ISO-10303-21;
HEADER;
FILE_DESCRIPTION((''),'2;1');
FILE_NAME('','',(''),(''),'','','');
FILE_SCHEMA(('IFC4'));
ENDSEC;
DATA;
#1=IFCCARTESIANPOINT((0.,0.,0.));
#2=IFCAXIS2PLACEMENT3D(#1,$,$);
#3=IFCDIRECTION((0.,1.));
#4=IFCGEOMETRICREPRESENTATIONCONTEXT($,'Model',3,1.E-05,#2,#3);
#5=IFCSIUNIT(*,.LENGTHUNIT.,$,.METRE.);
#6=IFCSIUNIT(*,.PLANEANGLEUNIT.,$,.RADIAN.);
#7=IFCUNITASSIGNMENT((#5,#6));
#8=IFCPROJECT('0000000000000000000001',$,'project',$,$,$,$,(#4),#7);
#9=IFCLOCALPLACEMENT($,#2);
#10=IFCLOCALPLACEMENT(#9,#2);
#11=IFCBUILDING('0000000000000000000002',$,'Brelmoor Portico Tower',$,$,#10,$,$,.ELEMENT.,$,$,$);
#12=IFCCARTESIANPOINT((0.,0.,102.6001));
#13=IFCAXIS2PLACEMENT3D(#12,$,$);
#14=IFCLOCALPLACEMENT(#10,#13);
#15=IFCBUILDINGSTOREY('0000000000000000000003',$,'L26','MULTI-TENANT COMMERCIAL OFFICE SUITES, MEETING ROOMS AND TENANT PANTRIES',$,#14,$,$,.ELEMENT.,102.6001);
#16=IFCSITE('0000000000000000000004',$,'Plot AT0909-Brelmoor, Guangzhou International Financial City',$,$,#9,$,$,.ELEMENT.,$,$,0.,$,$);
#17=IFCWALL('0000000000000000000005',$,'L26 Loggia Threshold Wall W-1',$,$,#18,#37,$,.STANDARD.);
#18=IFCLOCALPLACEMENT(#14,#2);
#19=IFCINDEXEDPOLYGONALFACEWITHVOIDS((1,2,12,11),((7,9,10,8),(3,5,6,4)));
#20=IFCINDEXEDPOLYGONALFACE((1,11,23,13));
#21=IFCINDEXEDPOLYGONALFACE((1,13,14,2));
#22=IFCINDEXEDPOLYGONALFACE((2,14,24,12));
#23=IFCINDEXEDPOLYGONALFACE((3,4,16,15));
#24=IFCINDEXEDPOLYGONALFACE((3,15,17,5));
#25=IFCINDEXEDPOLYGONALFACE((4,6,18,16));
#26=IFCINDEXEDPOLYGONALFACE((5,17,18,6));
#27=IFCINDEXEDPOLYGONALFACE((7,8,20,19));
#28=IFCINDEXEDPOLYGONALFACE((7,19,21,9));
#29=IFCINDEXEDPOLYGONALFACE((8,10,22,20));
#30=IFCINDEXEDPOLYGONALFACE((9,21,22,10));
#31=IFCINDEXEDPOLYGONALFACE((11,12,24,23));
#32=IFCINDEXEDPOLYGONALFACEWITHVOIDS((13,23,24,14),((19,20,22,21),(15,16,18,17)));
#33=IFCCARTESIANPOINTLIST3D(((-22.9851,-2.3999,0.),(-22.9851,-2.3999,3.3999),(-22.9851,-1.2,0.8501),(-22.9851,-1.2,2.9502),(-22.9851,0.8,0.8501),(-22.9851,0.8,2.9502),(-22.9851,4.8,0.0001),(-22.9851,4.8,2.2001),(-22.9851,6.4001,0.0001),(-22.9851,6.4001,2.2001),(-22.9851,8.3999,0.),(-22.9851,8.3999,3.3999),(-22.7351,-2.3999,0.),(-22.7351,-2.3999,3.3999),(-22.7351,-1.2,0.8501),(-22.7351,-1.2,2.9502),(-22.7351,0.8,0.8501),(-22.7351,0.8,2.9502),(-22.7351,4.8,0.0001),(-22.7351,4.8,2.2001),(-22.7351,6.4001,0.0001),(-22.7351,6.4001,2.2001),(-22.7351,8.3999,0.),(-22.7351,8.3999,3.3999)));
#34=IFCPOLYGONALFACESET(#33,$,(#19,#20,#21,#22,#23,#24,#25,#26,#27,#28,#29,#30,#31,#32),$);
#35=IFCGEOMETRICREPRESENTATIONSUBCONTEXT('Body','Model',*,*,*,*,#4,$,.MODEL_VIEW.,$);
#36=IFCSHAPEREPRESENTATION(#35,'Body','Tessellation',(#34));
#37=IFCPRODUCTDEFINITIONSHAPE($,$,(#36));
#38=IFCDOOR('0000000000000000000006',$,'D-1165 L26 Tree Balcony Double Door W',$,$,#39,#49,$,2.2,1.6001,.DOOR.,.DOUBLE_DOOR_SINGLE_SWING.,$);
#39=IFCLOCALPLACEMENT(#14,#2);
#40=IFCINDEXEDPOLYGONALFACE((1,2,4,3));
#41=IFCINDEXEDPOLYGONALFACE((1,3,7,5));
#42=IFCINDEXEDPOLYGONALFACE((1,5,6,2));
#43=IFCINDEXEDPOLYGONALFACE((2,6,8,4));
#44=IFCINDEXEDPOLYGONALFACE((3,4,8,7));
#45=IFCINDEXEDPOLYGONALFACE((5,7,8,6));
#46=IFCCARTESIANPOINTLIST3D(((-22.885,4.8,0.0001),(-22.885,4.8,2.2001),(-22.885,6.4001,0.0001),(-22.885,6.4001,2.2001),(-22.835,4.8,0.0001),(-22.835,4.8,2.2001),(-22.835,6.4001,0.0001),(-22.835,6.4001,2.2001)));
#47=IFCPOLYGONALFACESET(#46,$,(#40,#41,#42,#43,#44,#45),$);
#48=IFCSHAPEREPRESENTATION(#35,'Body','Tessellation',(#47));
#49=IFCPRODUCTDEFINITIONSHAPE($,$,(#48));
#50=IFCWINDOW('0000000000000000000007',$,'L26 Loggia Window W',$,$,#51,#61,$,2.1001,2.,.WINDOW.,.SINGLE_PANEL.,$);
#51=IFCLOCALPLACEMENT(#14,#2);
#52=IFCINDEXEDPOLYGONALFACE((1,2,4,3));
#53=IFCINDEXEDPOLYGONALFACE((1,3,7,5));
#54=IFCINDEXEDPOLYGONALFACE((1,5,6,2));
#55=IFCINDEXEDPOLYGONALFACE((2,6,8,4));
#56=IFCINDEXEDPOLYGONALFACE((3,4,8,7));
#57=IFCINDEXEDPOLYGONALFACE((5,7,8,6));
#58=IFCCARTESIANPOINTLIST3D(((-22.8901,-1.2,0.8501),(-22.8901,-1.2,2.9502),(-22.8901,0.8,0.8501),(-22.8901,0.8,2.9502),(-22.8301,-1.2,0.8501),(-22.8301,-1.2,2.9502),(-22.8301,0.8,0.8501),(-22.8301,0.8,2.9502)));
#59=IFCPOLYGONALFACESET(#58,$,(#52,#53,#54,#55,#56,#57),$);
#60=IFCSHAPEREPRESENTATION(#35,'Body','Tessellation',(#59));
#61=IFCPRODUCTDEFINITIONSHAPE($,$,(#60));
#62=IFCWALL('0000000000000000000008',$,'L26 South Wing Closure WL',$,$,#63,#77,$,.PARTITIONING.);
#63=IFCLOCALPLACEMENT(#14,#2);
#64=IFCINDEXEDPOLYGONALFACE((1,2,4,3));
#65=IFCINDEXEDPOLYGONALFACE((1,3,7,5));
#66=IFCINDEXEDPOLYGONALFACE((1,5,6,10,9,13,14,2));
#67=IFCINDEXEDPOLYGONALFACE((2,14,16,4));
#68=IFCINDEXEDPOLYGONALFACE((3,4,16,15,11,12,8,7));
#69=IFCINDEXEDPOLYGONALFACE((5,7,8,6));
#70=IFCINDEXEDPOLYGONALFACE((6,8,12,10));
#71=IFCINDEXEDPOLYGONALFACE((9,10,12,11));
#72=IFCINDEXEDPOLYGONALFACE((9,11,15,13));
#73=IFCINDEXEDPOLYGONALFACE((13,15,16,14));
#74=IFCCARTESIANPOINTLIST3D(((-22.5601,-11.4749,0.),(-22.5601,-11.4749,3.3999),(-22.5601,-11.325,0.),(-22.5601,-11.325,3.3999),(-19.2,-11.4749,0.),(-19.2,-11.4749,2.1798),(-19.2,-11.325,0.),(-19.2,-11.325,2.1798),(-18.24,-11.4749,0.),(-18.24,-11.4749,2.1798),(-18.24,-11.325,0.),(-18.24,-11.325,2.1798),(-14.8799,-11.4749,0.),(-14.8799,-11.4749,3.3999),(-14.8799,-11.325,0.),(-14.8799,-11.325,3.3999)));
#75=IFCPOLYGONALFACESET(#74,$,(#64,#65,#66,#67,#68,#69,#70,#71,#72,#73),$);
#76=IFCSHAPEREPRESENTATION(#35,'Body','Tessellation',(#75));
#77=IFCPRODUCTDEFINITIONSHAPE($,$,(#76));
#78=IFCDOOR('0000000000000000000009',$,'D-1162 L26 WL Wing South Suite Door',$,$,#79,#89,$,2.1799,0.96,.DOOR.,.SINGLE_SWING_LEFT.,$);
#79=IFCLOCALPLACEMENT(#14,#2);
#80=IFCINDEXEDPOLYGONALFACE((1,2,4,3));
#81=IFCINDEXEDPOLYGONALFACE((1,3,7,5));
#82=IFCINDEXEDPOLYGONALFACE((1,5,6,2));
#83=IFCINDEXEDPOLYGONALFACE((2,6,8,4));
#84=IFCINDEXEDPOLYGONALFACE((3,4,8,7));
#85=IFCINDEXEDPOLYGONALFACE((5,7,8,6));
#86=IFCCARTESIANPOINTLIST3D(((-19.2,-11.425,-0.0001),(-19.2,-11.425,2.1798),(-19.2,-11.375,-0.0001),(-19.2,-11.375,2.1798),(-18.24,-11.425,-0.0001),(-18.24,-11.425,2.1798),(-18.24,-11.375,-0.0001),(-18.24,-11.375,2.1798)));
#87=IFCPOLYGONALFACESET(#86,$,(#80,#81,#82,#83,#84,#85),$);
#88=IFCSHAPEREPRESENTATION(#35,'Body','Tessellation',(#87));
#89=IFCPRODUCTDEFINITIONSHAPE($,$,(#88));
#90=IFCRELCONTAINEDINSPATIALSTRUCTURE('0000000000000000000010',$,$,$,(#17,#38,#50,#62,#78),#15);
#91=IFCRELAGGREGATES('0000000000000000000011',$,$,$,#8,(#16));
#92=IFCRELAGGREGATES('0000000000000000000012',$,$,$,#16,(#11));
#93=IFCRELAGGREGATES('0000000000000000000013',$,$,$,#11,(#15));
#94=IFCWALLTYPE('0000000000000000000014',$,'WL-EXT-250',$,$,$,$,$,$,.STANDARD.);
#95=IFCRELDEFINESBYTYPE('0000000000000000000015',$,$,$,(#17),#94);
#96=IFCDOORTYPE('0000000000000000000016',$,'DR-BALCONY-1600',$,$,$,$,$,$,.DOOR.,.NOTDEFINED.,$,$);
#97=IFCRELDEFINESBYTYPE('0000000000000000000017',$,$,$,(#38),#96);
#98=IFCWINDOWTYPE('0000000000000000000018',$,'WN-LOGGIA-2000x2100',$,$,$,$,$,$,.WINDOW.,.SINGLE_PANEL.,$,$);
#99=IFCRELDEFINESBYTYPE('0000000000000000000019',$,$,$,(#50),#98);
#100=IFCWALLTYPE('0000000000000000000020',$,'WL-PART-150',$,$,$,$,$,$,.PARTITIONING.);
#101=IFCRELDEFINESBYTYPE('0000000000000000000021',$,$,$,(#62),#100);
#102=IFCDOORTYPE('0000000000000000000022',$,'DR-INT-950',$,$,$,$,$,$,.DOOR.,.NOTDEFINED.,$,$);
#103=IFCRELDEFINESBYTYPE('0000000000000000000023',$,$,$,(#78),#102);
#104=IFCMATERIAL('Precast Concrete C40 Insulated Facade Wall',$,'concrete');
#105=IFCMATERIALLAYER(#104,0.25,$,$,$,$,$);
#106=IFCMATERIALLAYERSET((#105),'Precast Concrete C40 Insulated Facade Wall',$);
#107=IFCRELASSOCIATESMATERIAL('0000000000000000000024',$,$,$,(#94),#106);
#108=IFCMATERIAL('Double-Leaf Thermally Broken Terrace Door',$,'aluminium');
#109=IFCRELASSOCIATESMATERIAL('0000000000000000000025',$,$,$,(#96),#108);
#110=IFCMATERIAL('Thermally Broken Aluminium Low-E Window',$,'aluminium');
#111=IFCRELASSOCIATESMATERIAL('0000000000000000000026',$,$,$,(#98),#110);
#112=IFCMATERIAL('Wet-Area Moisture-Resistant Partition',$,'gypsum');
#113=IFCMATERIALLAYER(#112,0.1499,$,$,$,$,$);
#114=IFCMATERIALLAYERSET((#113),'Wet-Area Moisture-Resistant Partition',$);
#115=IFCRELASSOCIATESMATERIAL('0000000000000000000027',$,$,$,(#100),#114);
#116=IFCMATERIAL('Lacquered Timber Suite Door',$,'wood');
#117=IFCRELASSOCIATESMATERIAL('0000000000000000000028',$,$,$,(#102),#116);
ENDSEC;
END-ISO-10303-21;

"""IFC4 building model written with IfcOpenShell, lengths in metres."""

from ifc_helpers import new_model, si_unit, direction, frame, frame_2d, origin, place, context, subcontext, project, spatial, rectangle, extrude, material, layer, layer_set, type_object, element, fill, save


model = new_model("IFC4")

# Units and contexts
model_context = context("Model", 3, precision=1e-05, world=origin(), true_north=direction((0.0, 1.0)))
body_context = subcontext(model_context, "Body", "Model", "MODEL_VIEW")
ifc_project = project(units=[si_unit("LENGTHUNIT", "METRE"), si_unit("PLANEANGLEUNIT", "RADIAN")], contexts=[model_context])

# Site, building, storey
site_placement = place(None, origin())
site = spatial("IfcSite", under=ifc_project, at=site_placement, Name="Plot AT0909-Brelmoor, Guangzhou International Financial City", CompositionType="ELEMENT", RefElevation=0.0)
building_placement = place(site_placement, origin())
building = spatial("IfcBuilding", under=site, at=building_placement, Name="Brelmoor Portico Tower", CompositionType="ELEMENT")
storey_placement = place(building_placement, frame((0.0, 0.0, 102.6001)))
storey = spatial("IfcBuildingStorey", under=building, at=storey_placement, Name="L26", Description="MULTI-TENANT COMMERCIAL OFFICE SUITES, MEETING ROOMS AND TENANT PANTRIES", CompositionType="ELEMENT", Elevation=102.6001)

# Wall, openings, door, window
ifc_material_1 = material(Name="Precast Concrete C40 Insulated Facade Wall", Category="concrete")
ifc_layer_1 = layer(ifc_material_1, 0.25)
ifc_layer_set_1 = layer_set([ifc_layer_1], Name="Precast Concrete C40 Insulated Facade Wall")
wall_type_1 = type_object("IfcWallType", Name="WL-EXT-250", PredefinedType="STANDARD", material=ifc_layer_set_1)
wall_1_placement = place(storey_placement, frame((-22.8601, -2.3999, 0.0), z_axis=(0.0, 0.0, 1.0), x_axis=(0.0, 1.0, 0.0)))
wall_1 = element("IfcWall", 1, at=wall_1_placement, inside=storey, type_object=wall_type_1, Name="L26 Loggia Threshold Wall W-1", PredefinedType="STANDARD", context=body_context, shape_type="SweptSolid", body=[
    extrude(rectangle(XDim=10.7998, YDim=0.25, at=frame_2d((5.3999, 0.0))), origin(), (0.0, 0.0, 1.0), 3.3999),
])
opening_1_placement = place(wall_1_placement, frame((7.2, 0.0, 0.0)))
opening_1 = element("IfcOpeningElement", 2, at=opening_1_placement, cuts=wall_1, PredefinedType="OPENING", context=body_context, shape_type="SweptSolid", body=[
    extrude(rectangle(XDim=1.6001, YDim=2.2, at=frame_2d((0.8, 1.1001))), frame((0.0, 0.135, 0.0), z_axis=(0.0, -1.0, 0.0), x_axis=(1.0, 0.0, 0.0)), (0.0, 0.0, 1.0), 0.27),
])
opening_2_placement = place(wall_1_placement, frame((1.2, 0.0, 0.8501)))
opening_2 = element("IfcOpeningElement", 3, at=opening_2_placement, cuts=wall_1, PredefinedType="OPENING", context=body_context, shape_type="SweptSolid", body=[
    extrude(rectangle(XDim=2.0, YDim=2.1001, at=frame_2d((1.0, 1.05))), frame((0.0, 0.135, 0.0), z_axis=(0.0, -1.0, 0.0), x_axis=(1.0, 0.0, 0.0)), (0.0, 0.0, 1.0), 0.27),
])
ifc_material_2 = material(Name="Double-Leaf Thermally Broken Terrace Door", Category="aluminium")
door_type_1 = type_object("IfcDoorType", Name="DR-BALCONY-1600", OperationType="NOTDEFINED", PredefinedType="DOOR", material=ifc_material_2)
door_1_placement = place(opening_1_placement, origin())
door_1 = element("IfcDoor", 4, at=door_1_placement, inside=storey, type_object=door_type_1, Name="D-1165 L26 Tree Balcony Double Door W", OperationType="DOUBLE_DOOR_SINGLE_SWING", OverallHeight=2.2, OverallWidth=1.6001, PredefinedType="DOOR", context=body_context, shape_type="SweptSolid", body=[
    extrude(rectangle(XDim=1.6001, YDim=2.2, at=frame_2d((0.8, 1.1001))), frame((0.0, 0.0249, 0.0), z_axis=(0.0, -1.0, 0.0), x_axis=(1.0, 0.0, 0.0)), (0.0, 0.0, 1.0), 0.05),
])
fill(opening_1, door_1)
ifc_material_3 = material(Name="Thermally Broken Aluminium Low-E Window", Category="aluminium")
window_type = type_object("IfcWindowType", Name="WN-LOGGIA-2000x2100", PartitioningType="SINGLE_PANEL", PredefinedType="WINDOW", material=ifc_material_3)
window_placement = place(opening_2_placement, origin())
window = element("IfcWindow", 5, at=window_placement, inside=storey, type_object=window_type, Name="L26 Loggia Window W", OverallHeight=2.1001, OverallWidth=2.0, PartitioningType="SINGLE_PANEL", PredefinedType="WINDOW", context=body_context, shape_type="SweptSolid", body=[
    extrude(rectangle(XDim=2.0, YDim=2.1001, at=frame_2d((1.0, 1.05))), frame((0.0, 0.03, 0.0), z_axis=(0.0, -1.0, 0.0), x_axis=(1.0, 0.0, 0.0)), (0.0, 0.0, 1.0), 0.0601),
])
fill(opening_2, window)

# Wall, opening, door
ifc_material_4 = material(Name="Wet-Area Moisture-Resistant Partition", Category="gypsum")
ifc_layer_2 = layer(ifc_material_4, 0.1499)
ifc_layer_set_2 = layer_set([ifc_layer_2], Name="Wet-Area Moisture-Resistant Partition")
wall_type_2 = type_object("IfcWallType", Name="WL-PART-150", PredefinedType="PARTITIONING", material=ifc_layer_set_2)
wall_2_placement = place(storey_placement, frame((-22.5601, -11.3999, 0.0), z_axis=(0.0, 0.0, 1.0), x_axis=(1.0, 0.0, 0.0)))
wall_2 = element("IfcWall", 6, at=wall_2_placement, inside=storey, type_object=wall_type_2, Name="L26 South Wing Closure WL", PredefinedType="PARTITIONING", context=body_context, shape_type="SweptSolid", body=[
    extrude(rectangle(XDim=7.6802, YDim=0.1499, at=frame_2d((3.8401, 0.0))), origin(), (0.0, 0.0, 1.0), 3.3999),
])
opening_3_placement = place(wall_2_placement, frame((3.3601, 0.0, 0.0)))
opening_3 = element("IfcOpeningElement", 7, at=opening_3_placement, cuts=wall_2, PredefinedType="OPENING", context=body_context, shape_type="SweptSolid", body=[
    extrude(rectangle(XDim=0.96, YDim=2.1799, at=frame_2d((0.48, 1.0898))), frame((0.0, 0.085, 0.0), z_axis=(0.0, -1.0, 0.0), x_axis=(1.0, 0.0, 0.0)), (0.0, 0.0, 1.0), 0.1699),
])
ifc_material_5 = material(Name="Lacquered Timber Suite Door", Category="wood")
door_type_2 = type_object("IfcDoorType", Name="DR-INT-950", OperationType="NOTDEFINED", PredefinedType="DOOR", material=ifc_material_5)
door_2_placement = place(opening_3_placement, origin())
door_2 = element("IfcDoor", 8, at=door_2_placement, inside=storey, type_object=door_type_2, Name="D-1162 L26 WL Wing South Suite Door", OperationType="SINGLE_SWING_LEFT", OverallHeight=2.1799, OverallWidth=0.96, PredefinedType="DOOR", context=body_context, shape_type="SweptSolid", body=[
    extrude(rectangle(XDim=0.96, YDim=2.1799, at=frame_2d((0.48, 1.0898))), frame((0.0, 0.0249, 0.0), z_axis=(0.0, -1.0, 0.0), x_axis=(1.0, 0.0, 0.0)), (0.0, 0.0, 1.0), 0.05),
])
fill(opening_3, door_2)

save(model, "model.ifc")
